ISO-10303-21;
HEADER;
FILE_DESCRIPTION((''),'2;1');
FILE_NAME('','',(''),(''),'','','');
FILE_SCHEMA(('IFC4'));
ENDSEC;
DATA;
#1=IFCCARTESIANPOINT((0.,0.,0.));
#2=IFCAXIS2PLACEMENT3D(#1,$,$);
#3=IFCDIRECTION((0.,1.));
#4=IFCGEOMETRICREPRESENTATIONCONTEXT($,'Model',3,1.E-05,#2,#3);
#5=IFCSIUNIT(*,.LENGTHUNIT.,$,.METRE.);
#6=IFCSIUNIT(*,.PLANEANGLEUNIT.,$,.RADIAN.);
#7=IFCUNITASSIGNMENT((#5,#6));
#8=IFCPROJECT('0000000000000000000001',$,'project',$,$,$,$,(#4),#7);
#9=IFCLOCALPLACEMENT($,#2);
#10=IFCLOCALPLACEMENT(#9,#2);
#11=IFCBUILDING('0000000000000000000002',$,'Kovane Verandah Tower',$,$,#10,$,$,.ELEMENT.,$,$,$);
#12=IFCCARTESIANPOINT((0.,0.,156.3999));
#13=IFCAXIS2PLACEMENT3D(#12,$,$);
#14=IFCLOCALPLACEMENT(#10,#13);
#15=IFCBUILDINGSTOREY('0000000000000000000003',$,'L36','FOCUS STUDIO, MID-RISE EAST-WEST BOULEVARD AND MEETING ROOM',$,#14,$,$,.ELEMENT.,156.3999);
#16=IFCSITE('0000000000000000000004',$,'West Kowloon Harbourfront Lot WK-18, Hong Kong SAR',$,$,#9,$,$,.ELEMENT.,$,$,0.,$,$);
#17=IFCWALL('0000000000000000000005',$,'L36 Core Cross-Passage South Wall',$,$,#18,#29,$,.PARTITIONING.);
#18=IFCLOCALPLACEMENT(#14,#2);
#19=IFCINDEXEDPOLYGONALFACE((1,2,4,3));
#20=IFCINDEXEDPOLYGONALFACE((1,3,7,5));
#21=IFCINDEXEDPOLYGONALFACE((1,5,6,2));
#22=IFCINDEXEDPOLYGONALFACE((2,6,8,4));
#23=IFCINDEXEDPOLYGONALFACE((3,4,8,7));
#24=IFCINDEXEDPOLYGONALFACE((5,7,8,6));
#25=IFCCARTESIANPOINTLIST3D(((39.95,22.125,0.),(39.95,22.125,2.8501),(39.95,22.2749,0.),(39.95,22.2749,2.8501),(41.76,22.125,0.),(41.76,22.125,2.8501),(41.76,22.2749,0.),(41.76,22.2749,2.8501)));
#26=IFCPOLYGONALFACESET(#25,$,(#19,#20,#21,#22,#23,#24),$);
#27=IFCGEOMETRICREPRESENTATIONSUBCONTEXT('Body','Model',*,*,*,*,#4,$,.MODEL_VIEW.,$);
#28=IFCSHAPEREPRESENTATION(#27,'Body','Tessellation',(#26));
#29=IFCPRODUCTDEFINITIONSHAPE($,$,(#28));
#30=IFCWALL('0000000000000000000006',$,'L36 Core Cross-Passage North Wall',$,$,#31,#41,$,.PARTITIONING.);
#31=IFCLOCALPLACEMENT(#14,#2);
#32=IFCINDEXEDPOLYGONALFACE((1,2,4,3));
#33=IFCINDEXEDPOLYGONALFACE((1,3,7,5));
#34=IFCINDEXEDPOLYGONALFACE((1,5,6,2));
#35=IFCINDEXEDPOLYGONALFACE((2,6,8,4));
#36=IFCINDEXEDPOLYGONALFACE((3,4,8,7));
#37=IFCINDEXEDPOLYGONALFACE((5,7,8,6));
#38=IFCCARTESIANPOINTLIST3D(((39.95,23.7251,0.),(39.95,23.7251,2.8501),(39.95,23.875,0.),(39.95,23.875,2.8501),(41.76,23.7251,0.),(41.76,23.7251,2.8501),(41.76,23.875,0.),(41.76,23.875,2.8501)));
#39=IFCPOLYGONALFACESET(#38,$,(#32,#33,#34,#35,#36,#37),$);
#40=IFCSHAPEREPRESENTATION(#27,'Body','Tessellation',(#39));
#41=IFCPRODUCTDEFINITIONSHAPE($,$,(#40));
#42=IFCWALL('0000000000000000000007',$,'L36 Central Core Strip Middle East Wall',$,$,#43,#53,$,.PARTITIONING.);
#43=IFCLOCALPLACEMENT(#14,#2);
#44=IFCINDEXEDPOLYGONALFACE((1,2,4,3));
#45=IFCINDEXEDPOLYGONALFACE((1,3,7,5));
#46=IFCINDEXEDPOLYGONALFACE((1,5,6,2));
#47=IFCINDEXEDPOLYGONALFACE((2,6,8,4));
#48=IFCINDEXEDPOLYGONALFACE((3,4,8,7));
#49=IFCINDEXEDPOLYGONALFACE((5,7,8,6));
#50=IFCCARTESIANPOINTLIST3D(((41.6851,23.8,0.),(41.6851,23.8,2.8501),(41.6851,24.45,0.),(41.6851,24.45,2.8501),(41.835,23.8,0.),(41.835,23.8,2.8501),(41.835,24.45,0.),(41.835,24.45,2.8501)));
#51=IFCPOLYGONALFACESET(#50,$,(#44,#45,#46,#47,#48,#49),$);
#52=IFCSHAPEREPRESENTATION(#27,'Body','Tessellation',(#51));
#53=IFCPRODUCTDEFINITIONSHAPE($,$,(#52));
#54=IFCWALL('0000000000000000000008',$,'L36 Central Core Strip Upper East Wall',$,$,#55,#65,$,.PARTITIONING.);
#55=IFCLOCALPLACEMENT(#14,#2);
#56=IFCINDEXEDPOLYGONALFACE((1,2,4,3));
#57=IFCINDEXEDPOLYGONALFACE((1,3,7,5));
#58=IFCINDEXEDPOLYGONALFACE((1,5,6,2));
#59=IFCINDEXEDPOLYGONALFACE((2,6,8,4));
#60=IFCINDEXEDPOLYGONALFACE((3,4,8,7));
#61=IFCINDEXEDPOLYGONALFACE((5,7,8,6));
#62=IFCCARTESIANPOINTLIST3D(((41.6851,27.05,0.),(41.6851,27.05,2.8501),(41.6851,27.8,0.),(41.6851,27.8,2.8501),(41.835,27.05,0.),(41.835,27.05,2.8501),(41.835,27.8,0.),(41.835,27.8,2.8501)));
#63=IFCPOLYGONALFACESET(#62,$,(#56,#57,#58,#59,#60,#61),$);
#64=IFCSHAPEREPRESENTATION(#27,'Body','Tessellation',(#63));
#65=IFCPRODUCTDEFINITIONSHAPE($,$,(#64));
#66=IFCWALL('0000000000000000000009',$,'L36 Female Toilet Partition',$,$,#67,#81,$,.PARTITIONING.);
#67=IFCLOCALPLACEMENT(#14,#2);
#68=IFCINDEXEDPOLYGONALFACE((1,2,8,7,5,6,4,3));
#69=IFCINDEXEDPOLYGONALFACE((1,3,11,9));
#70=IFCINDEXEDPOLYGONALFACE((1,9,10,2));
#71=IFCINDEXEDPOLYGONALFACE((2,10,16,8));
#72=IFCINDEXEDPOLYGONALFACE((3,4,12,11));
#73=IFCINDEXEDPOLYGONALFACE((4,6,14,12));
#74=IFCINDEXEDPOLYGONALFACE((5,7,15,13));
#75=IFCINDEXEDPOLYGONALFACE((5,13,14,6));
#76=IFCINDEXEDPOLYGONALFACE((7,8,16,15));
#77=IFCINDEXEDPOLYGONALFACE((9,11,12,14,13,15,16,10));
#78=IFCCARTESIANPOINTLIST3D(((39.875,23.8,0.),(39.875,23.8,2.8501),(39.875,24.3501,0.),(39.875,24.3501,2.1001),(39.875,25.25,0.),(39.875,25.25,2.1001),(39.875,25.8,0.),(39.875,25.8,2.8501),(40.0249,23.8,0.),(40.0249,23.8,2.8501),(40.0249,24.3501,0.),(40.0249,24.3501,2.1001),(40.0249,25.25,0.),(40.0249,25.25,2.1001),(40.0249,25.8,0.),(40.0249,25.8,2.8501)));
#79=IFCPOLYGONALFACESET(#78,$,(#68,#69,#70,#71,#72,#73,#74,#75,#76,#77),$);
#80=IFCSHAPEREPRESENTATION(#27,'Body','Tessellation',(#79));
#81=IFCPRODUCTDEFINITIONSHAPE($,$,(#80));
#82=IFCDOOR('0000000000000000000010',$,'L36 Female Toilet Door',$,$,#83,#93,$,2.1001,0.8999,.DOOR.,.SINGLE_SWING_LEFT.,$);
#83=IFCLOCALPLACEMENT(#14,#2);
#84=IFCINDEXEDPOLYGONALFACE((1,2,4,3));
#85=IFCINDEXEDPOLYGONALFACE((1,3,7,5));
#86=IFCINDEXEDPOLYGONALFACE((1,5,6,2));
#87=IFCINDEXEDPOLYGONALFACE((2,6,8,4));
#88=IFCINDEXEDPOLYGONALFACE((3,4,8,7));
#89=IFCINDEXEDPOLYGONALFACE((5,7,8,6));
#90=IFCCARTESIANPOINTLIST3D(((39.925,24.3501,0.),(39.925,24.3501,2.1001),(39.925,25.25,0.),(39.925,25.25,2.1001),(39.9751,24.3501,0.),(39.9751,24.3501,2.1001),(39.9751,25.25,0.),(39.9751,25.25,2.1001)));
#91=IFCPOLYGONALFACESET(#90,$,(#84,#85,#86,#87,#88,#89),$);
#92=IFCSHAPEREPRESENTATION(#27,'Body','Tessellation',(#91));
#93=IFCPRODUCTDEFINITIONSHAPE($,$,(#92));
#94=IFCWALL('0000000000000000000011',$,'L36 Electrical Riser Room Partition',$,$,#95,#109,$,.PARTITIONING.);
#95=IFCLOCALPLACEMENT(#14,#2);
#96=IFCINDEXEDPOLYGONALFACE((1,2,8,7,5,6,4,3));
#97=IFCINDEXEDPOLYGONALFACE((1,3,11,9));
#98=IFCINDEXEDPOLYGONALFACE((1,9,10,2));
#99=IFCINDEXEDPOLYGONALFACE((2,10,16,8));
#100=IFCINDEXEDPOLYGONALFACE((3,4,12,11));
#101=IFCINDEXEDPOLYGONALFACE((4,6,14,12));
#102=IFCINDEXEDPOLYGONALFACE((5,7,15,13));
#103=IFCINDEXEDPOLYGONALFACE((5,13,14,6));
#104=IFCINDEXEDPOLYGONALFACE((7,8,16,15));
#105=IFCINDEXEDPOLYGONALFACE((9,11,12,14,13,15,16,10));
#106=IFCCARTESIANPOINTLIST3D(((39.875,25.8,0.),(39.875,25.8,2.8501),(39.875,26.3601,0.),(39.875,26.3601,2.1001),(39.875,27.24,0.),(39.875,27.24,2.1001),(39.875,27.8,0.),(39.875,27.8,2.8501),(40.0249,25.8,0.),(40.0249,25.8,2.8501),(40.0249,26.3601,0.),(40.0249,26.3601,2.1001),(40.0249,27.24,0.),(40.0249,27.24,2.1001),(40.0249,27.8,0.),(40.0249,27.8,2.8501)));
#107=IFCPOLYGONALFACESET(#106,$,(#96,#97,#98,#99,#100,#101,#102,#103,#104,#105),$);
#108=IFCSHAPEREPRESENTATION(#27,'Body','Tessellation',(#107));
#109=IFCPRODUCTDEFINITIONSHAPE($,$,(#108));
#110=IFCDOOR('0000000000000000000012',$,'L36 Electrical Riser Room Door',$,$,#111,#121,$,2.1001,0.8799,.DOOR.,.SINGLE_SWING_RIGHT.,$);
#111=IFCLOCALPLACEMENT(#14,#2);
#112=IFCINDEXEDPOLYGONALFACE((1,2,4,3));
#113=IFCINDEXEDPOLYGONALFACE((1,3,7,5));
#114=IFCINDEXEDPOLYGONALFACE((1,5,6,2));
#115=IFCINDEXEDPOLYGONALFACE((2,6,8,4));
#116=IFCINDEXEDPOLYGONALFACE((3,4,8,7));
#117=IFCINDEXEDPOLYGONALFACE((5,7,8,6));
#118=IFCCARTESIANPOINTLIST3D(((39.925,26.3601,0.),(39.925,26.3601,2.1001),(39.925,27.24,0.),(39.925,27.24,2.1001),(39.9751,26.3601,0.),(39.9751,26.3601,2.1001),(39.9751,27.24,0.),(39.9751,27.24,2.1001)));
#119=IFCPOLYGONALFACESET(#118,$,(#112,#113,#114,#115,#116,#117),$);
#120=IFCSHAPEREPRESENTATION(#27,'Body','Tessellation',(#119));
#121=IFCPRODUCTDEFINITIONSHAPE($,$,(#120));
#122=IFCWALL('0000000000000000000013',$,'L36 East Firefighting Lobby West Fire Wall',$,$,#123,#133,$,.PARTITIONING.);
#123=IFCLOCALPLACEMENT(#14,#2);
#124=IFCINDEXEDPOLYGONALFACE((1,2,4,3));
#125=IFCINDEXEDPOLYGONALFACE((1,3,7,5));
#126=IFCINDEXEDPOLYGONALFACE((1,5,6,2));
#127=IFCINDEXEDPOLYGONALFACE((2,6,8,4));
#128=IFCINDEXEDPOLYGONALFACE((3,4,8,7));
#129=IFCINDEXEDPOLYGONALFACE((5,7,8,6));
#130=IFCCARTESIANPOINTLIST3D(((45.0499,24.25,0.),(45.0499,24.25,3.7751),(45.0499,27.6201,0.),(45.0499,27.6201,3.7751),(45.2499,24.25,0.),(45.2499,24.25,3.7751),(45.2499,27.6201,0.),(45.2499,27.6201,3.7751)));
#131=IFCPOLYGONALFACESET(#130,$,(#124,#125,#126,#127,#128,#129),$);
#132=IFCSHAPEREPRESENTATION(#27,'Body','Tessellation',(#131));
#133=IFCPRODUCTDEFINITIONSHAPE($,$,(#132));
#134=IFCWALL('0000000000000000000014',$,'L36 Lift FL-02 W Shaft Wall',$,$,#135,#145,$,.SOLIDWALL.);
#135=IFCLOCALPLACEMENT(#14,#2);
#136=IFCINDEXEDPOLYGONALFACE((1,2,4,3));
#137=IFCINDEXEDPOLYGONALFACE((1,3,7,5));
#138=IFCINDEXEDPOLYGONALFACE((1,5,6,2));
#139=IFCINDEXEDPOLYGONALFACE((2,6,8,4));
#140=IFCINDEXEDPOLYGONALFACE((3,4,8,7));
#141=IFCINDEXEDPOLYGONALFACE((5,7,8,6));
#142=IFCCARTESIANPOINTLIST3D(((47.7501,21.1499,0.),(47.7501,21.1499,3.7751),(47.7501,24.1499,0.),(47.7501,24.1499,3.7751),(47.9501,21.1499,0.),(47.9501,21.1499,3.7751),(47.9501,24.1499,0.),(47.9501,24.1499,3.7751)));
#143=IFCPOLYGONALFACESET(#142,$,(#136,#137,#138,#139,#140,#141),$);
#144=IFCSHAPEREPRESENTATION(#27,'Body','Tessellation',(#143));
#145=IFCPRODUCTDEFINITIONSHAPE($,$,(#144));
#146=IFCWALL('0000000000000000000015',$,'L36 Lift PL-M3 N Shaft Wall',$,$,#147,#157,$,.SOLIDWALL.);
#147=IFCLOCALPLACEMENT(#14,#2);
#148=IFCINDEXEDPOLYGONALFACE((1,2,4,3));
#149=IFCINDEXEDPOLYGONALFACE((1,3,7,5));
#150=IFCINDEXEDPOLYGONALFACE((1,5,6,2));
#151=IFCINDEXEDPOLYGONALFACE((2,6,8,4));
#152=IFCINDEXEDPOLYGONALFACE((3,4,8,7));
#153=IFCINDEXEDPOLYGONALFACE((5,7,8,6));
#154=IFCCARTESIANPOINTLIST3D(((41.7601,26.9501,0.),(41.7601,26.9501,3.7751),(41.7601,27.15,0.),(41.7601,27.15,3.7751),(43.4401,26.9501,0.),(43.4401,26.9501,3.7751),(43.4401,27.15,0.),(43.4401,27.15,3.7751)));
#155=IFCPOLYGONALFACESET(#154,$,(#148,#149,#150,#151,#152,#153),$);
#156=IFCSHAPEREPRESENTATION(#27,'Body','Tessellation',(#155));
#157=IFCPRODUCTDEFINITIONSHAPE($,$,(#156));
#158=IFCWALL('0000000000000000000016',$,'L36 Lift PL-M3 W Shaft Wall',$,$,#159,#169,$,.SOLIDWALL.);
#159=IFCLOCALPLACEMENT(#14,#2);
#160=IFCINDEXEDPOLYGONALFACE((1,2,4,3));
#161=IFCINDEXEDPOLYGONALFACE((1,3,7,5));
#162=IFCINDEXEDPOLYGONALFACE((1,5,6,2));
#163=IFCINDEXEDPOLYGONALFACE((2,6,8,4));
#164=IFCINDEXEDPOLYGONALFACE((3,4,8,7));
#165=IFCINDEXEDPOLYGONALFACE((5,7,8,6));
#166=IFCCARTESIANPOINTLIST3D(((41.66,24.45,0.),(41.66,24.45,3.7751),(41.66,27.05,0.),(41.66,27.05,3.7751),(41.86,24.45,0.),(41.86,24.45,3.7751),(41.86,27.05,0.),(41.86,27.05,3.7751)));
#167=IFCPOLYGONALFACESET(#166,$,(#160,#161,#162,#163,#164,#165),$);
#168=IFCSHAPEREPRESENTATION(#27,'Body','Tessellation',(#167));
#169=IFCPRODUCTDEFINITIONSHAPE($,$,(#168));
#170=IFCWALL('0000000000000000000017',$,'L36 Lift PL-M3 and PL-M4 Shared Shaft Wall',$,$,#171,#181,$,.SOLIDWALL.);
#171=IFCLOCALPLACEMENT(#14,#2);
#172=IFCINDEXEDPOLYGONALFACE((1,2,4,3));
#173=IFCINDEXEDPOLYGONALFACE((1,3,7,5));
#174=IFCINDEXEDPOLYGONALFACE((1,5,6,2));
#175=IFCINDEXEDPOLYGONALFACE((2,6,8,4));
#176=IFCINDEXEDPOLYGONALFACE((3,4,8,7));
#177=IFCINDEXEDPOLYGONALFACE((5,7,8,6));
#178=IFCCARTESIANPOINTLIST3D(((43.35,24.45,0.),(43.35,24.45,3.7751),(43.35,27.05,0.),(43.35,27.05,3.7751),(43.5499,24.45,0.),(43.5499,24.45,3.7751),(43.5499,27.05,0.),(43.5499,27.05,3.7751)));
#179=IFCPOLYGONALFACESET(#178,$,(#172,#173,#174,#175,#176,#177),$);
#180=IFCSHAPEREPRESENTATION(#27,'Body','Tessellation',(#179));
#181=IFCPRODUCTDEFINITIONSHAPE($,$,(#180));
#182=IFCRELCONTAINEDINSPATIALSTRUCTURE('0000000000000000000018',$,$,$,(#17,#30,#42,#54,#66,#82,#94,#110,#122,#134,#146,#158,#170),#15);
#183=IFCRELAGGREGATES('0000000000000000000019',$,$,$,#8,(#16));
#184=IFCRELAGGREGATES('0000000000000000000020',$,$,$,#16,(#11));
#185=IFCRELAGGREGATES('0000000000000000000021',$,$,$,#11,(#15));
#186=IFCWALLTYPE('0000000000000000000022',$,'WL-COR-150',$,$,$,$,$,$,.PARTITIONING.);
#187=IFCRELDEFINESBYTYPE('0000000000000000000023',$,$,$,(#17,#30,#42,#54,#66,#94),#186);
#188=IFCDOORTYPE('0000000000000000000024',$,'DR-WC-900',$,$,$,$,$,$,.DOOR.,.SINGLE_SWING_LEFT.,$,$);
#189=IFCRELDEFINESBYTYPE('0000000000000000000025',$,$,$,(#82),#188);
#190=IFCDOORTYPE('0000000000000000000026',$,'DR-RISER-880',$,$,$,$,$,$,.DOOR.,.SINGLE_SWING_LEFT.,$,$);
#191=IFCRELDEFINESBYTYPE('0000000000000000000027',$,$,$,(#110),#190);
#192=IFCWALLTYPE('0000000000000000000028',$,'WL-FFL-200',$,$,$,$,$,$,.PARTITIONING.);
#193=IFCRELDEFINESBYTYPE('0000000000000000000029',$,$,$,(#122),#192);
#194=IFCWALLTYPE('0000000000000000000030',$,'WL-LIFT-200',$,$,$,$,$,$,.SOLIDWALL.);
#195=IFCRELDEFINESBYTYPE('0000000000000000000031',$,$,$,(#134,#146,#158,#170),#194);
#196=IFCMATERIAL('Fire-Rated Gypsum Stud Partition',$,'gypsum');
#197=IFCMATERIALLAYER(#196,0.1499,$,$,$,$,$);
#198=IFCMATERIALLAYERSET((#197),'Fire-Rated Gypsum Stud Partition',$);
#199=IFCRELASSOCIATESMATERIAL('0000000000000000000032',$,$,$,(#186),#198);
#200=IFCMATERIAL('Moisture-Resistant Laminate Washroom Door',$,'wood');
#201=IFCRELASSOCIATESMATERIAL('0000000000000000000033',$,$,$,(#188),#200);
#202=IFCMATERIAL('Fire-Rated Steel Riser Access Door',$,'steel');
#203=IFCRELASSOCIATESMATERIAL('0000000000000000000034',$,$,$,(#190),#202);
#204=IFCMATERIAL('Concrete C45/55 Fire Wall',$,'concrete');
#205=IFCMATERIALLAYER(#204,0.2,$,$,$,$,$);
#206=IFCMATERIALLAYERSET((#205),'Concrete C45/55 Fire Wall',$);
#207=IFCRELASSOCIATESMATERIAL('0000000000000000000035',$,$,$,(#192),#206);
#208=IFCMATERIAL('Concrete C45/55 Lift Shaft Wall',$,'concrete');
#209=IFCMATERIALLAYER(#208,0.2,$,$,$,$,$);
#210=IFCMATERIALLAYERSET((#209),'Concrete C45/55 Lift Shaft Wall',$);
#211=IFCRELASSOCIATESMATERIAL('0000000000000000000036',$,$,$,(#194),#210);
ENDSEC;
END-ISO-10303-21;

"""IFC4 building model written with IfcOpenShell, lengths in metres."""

from ifc_helpers import new_model, si_unit, direction, frame, frame_2d, origin, place, context, subcontext, project, spatial, rectangle, extrude, material, layer, layer_set, type_object, element, fill, save


model = new_model("IFC4")

# Units and contexts
model_context = context("Model", 3, precision=1e-05, world=origin(), true_north=direction((0.0, 1.0)))
body_context = subcontext(model_context, "Body", "Model", "MODEL_VIEW")
ifc_project = project(units=[si_unit("LENGTHUNIT", "METRE"), si_unit("PLANEANGLEUNIT", "RADIAN")], contexts=[model_context])

# Site, building, storey
site_placement = place(None, origin())
site = spatial("IfcSite", under=ifc_project, at=site_placement, Name="West Kowloon Harbourfront Lot WK-18, Hong Kong SAR", CompositionType="ELEMENT", RefElevation=0.0)
building_placement = place(site_placement, origin())
building = spatial("IfcBuilding", under=site, at=building_placement, Name="Kovane Verandah Tower", CompositionType="ELEMENT")
storey_placement = place(building_placement, frame((0.0, 0.0, 156.3999)))
storey = spatial("IfcBuildingStorey", under=building, at=storey_placement, Name="L36", Description="FOCUS STUDIO, MID-RISE EAST-WEST BOULEVARD AND MEETING ROOM", CompositionType="ELEMENT", Elevation=156.3999)

# Walls
ifc_material_1 = material(Name="Fire-Rated Gypsum Stud Partition", Category="gypsum")
ifc_layer_1 = layer(ifc_material_1, 0.1499)
ifc_layer_set_1 = layer_set([ifc_layer_1], Name="Fire-Rated Gypsum Stud Partition")
wall_type_1 = type_object("IfcWallType", Name="WL-COR-150", PredefinedType="PARTITIONING", material=ifc_layer_set_1)
for number, where, z_axis, x_axis, name in (
    (1, (39.95, 22.2, 0.0), (0.0, 0.0, 1.0), (1.0, 0.0, 0.0), "L36 Core Cross-Passage South Wall"),
    (2, (39.95, 23.8, 0.0), (0.0, 0.0, 1.0), (1.0, 0.0, 0.0), "L36 Core Cross-Passage North Wall"),
):
    element("IfcWall", number, at=place(storey_placement, frame(where, z_axis=z_axis, x_axis=x_axis)), inside=storey, type_object=wall_type_1, Name=name, PredefinedType="PARTITIONING", context=body_context, shape_type="SweptSolid", body=[
        extrude(rectangle(XDim=1.8101, YDim=0.1499, at=frame_2d((0.905, 0.0))), origin(), (0.0, 0.0, 1.0), 2.8501),
    ])
wall_1_placement = place(storey_placement, frame((41.76, 23.8, 0.0), z_axis=(0.0, 0.0, 1.0), x_axis=(0.0, 1.0, 0.0)))
element("IfcWall", 3, at=wall_1_placement, inside=storey, type_object=wall_type_1, Name="L36 Central Core Strip Middle East Wall", PredefinedType="PARTITIONING", context=body_context, shape_type="SweptSolid", body=[
    extrude(rectangle(XDim=0.6499, YDim=0.1499, at=frame_2d((0.325, 0.0))), origin(), (0.0, 0.0, 1.0), 2.8501),
])
wall_2_placement = place(storey_placement, frame((41.76, 27.05, 0.0), z_axis=(0.0, 0.0, 1.0), x_axis=(0.0, 1.0, 0.0)))
element("IfcWall", 4, at=wall_2_placement, inside=storey, type_object=wall_type_1, Name="L36 Central Core Strip Upper East Wall", PredefinedType="PARTITIONING", context=body_context, shape_type="SweptSolid", body=[
    extrude(rectangle(XDim=0.75, YDim=0.1499, at=frame_2d((0.375, 0.0))), origin(), (0.0, 0.0, 1.0), 2.8501),
])

# Walls, openings, doors
wall_3_placement = place(storey_placement, frame((39.95, 23.8, 0.0), z_axis=(0.0, 0.0, 1.0), x_axis=(0.0, 1.0, 0.0)))
wall_3 = element("IfcWall", 5, at=wall_3_placement, inside=storey, type_object=wall_type_1, Name="L36 Female Toilet Partition", PredefinedType="PARTITIONING", context=body_context, shape_type="SweptSolid", body=[
    extrude(rectangle(XDim=2.0, YDim=0.1499, at=frame_2d((1.0, 0.0))), origin(), (0.0, 0.0, 1.0), 2.8501),
])
opening_1_placement = place(wall_3_placement, frame((0.55, 0.0, 0.0)))
opening_1 = element("IfcOpeningElement", 6, at=opening_1_placement, cuts=wall_3, PredefinedType="OPENING", context=body_context, shape_type="SweptSolid", body=[
    extrude(rectangle(XDim=0.8999, YDim=2.1001, at=frame_2d((0.45, 1.05))), frame((0.0, 0.075, 0.0), z_axis=(0.0, -1.0, 0.0), x_axis=(1.0, 0.0, 0.0)), (0.0, 0.0, 1.0), 0.1499),
])
ifc_material_2 = material(Name="Moisture-Resistant Laminate Washroom Door", Category="wood")
door_type_1 = type_object("IfcDoorType", Name="DR-WC-900", OperationType="SINGLE_SWING_LEFT", PredefinedType="DOOR", material=ifc_material_2)
door_1_placement = place(opening_1_placement, origin())
door_1 = element("IfcDoor", 7, at=door_1_placement, inside=storey, type_object=door_type_1, Name="L36 Female Toilet Door", OperationType="SINGLE_SWING_LEFT", OverallHeight=2.1001, OverallWidth=0.8999, PredefinedType="DOOR", context=body_context, shape_type="SweptSolid", body=[
    extrude(rectangle(XDim=0.8999, YDim=2.1001, at=frame_2d((0.45, 1.05))), frame((0.0, 0.0249, 0.0), z_axis=(0.0, -1.0, 0.0), x_axis=(1.0, 0.0, 0.0)), (0.0, 0.0, 1.0), 0.05),
])
fill(opening_1, door_1)
wall_4_placement = place(storey_placement, frame((39.95, 25.8, 0.0), z_axis=(0.0, 0.0, 1.0), x_axis=(0.0, 1.0, 0.0)))
wall_4 = element("IfcWall", 8, at=wall_4_placement, inside=storey, type_object=wall_type_1, Name="L36 Electrical Riser Room Partition", PredefinedType="PARTITIONING", context=body_context, shape_type="SweptSolid", body=[
    extrude(rectangle(XDim=2.0, YDim=0.1499, at=frame_2d((1.0, 0.0))), origin(), (0.0, 0.0, 1.0), 2.8501),
])
opening_2_placement = place(wall_4_placement, frame((0.5601, 0.0, 0.0)))
opening_2 = element("IfcOpeningElement", 9, at=opening_2_placement, cuts=wall_4, PredefinedType="OPENING", context=body_context, shape_type="SweptSolid", body=[
    extrude(rectangle(XDim=0.8799, YDim=2.1001, at=frame_2d((0.4399, 1.05))), frame((0.0, 0.075, 0.0), z_axis=(0.0, -1.0, 0.0), x_axis=(1.0, 0.0, 0.0)), (0.0, 0.0, 1.0), 0.1499),
])
ifc_material_3 = material(Name="Fire-Rated Steel Riser Access Door", Category="steel")
door_type_2 = type_object("IfcDoorType", Name="DR-RISER-880", OperationType="SINGLE_SWING_LEFT", PredefinedType="DOOR", material=ifc_material_3)
door_2_placement = place(opening_2_placement, origin())
door_2 = element("IfcDoor", 10, at=door_2_placement, inside=storey, type_object=door_type_2, Name="L36 Electrical Riser Room Door", OperationType="SINGLE_SWING_RIGHT", OverallHeight=2.1001, OverallWidth=0.8799, PredefinedType="DOOR", context=body_context, shape_type="SweptSolid", body=[
    extrude(rectangle(XDim=0.8799, YDim=2.1001, at=frame_2d((0.4399, 1.05))), frame((0.0, 0.0249, 0.0), z_axis=(0.0, -1.0, 0.0), x_axis=(1.0, 0.0, 0.0)), (0.0, 0.0, 1.0), 0.05),
])
fill(opening_2, door_2)

# Wall
ifc_material_4 = material(Name="Concrete C45/55 Fire Wall", Category="concrete")
ifc_layer_2 = layer(ifc_material_4, 0.2)
ifc_layer_set_2 = layer_set([ifc_layer_2], Name="Concrete C45/55 Fire Wall")
wall_type_2 = type_object("IfcWallType", Name="WL-FFL-200", PredefinedType="PARTITIONING", material=ifc_layer_set_2)
wall_5_placement = place(storey_placement, frame((45.1499, 24.25, 0.0), z_axis=(0.0, 0.0, 1.0), x_axis=(0.0, 1.0, 0.0)))
element("IfcWall", 11, at=wall_5_placement, inside=storey, type_object=wall_type_2, Name="L36 East Firefighting Lobby West Fire Wall", PredefinedType="PARTITIONING", context=body_context, shape_type="SweptSolid", body=[
    extrude(rectangle(XDim=3.3701, YDim=0.2, at=frame_2d((1.6851, 0.0))), origin(), (0.0, 0.0, 1.0), 3.7751),
])

# Shared definitions
ifc_material_5 = material(Name="Concrete C45/55 Lift Shaft Wall", Category="concrete")
ifc_layer_3 = layer(ifc_material_5, 0.2)
ifc_layer_set_3 = layer_set([ifc_layer_3], Name="Concrete C45/55 Lift Shaft Wall")
wall_type_3 = type_object("IfcWallType", Name="WL-LIFT-200", PredefinedType="SOLIDWALL", material=ifc_layer_set_3)

# Wall
wall_6_placement = place(storey_placement, frame((47.8501, 24.1499, 0.0), z_axis=(0.0, 0.0, 1.0), x_axis=(0.0, -1.0, 0.0)))
element("IfcWall", 12, at=wall_6_placement, inside=storey, type_object=wall_type_3, Name="L36 Lift FL-02 W Shaft Wall", PredefinedType="SOLIDWALL", context=body_context, shape_type="SweptSolid", body=[
    extrude(rectangle(XDim=3.0, YDim=0.2, at=frame_2d((1.5, 0.0))), origin(), (0.0, 0.0, 1.0), 3.7751),
])

# Walls
wall_7_placement = place(storey_placement, frame((43.4399, 27.05, 0.0), z_axis=(0.0, 0.0, 1.0), x_axis=(-1.0, 0.0, 0.0)))
element("IfcWall", 13, at=wall_7_placement, inside=storey, type_object=wall_type_3, Name="L36 Lift PL-M3 N Shaft Wall", PredefinedType="SOLIDWALL", context=body_context, shape_type="SweptSolid", body=[
    extrude(rectangle(XDim=1.6799, YDim=0.2, at=frame_2d((0.8398, 0.0))), origin(), (0.0, 0.0, 1.0), 3.7751),
])
for number, where, z_axis, x_axis, name in (
    (14, (41.76, 27.05, 0.0), (0.0, 0.0, 1.0), (0.0, -1.0, 0.0), "L36 Lift PL-M3 W Shaft Wall"),
    (15, (43.45, 24.45, 0.0), (0.0, 0.0, 1.0), (0.0, 1.0, 0.0), "L36 Lift PL-M3 and PL-M4 Shared Shaft Wall"),
):
    element("IfcWall", number, at=place(storey_placement, frame(where, z_axis=z_axis, x_axis=x_axis)), inside=storey, type_object=wall_type_3, Name=name, PredefinedType="SOLIDWALL", context=body_context, shape_type="SweptSolid", body=[
        extrude(rectangle(XDim=2.6001, YDim=0.2, at=frame_2d((1.3, 0.0))), origin(), (0.0, 0.0, 1.0), 3.7751),
    ])

save(model, "model.ifc")
